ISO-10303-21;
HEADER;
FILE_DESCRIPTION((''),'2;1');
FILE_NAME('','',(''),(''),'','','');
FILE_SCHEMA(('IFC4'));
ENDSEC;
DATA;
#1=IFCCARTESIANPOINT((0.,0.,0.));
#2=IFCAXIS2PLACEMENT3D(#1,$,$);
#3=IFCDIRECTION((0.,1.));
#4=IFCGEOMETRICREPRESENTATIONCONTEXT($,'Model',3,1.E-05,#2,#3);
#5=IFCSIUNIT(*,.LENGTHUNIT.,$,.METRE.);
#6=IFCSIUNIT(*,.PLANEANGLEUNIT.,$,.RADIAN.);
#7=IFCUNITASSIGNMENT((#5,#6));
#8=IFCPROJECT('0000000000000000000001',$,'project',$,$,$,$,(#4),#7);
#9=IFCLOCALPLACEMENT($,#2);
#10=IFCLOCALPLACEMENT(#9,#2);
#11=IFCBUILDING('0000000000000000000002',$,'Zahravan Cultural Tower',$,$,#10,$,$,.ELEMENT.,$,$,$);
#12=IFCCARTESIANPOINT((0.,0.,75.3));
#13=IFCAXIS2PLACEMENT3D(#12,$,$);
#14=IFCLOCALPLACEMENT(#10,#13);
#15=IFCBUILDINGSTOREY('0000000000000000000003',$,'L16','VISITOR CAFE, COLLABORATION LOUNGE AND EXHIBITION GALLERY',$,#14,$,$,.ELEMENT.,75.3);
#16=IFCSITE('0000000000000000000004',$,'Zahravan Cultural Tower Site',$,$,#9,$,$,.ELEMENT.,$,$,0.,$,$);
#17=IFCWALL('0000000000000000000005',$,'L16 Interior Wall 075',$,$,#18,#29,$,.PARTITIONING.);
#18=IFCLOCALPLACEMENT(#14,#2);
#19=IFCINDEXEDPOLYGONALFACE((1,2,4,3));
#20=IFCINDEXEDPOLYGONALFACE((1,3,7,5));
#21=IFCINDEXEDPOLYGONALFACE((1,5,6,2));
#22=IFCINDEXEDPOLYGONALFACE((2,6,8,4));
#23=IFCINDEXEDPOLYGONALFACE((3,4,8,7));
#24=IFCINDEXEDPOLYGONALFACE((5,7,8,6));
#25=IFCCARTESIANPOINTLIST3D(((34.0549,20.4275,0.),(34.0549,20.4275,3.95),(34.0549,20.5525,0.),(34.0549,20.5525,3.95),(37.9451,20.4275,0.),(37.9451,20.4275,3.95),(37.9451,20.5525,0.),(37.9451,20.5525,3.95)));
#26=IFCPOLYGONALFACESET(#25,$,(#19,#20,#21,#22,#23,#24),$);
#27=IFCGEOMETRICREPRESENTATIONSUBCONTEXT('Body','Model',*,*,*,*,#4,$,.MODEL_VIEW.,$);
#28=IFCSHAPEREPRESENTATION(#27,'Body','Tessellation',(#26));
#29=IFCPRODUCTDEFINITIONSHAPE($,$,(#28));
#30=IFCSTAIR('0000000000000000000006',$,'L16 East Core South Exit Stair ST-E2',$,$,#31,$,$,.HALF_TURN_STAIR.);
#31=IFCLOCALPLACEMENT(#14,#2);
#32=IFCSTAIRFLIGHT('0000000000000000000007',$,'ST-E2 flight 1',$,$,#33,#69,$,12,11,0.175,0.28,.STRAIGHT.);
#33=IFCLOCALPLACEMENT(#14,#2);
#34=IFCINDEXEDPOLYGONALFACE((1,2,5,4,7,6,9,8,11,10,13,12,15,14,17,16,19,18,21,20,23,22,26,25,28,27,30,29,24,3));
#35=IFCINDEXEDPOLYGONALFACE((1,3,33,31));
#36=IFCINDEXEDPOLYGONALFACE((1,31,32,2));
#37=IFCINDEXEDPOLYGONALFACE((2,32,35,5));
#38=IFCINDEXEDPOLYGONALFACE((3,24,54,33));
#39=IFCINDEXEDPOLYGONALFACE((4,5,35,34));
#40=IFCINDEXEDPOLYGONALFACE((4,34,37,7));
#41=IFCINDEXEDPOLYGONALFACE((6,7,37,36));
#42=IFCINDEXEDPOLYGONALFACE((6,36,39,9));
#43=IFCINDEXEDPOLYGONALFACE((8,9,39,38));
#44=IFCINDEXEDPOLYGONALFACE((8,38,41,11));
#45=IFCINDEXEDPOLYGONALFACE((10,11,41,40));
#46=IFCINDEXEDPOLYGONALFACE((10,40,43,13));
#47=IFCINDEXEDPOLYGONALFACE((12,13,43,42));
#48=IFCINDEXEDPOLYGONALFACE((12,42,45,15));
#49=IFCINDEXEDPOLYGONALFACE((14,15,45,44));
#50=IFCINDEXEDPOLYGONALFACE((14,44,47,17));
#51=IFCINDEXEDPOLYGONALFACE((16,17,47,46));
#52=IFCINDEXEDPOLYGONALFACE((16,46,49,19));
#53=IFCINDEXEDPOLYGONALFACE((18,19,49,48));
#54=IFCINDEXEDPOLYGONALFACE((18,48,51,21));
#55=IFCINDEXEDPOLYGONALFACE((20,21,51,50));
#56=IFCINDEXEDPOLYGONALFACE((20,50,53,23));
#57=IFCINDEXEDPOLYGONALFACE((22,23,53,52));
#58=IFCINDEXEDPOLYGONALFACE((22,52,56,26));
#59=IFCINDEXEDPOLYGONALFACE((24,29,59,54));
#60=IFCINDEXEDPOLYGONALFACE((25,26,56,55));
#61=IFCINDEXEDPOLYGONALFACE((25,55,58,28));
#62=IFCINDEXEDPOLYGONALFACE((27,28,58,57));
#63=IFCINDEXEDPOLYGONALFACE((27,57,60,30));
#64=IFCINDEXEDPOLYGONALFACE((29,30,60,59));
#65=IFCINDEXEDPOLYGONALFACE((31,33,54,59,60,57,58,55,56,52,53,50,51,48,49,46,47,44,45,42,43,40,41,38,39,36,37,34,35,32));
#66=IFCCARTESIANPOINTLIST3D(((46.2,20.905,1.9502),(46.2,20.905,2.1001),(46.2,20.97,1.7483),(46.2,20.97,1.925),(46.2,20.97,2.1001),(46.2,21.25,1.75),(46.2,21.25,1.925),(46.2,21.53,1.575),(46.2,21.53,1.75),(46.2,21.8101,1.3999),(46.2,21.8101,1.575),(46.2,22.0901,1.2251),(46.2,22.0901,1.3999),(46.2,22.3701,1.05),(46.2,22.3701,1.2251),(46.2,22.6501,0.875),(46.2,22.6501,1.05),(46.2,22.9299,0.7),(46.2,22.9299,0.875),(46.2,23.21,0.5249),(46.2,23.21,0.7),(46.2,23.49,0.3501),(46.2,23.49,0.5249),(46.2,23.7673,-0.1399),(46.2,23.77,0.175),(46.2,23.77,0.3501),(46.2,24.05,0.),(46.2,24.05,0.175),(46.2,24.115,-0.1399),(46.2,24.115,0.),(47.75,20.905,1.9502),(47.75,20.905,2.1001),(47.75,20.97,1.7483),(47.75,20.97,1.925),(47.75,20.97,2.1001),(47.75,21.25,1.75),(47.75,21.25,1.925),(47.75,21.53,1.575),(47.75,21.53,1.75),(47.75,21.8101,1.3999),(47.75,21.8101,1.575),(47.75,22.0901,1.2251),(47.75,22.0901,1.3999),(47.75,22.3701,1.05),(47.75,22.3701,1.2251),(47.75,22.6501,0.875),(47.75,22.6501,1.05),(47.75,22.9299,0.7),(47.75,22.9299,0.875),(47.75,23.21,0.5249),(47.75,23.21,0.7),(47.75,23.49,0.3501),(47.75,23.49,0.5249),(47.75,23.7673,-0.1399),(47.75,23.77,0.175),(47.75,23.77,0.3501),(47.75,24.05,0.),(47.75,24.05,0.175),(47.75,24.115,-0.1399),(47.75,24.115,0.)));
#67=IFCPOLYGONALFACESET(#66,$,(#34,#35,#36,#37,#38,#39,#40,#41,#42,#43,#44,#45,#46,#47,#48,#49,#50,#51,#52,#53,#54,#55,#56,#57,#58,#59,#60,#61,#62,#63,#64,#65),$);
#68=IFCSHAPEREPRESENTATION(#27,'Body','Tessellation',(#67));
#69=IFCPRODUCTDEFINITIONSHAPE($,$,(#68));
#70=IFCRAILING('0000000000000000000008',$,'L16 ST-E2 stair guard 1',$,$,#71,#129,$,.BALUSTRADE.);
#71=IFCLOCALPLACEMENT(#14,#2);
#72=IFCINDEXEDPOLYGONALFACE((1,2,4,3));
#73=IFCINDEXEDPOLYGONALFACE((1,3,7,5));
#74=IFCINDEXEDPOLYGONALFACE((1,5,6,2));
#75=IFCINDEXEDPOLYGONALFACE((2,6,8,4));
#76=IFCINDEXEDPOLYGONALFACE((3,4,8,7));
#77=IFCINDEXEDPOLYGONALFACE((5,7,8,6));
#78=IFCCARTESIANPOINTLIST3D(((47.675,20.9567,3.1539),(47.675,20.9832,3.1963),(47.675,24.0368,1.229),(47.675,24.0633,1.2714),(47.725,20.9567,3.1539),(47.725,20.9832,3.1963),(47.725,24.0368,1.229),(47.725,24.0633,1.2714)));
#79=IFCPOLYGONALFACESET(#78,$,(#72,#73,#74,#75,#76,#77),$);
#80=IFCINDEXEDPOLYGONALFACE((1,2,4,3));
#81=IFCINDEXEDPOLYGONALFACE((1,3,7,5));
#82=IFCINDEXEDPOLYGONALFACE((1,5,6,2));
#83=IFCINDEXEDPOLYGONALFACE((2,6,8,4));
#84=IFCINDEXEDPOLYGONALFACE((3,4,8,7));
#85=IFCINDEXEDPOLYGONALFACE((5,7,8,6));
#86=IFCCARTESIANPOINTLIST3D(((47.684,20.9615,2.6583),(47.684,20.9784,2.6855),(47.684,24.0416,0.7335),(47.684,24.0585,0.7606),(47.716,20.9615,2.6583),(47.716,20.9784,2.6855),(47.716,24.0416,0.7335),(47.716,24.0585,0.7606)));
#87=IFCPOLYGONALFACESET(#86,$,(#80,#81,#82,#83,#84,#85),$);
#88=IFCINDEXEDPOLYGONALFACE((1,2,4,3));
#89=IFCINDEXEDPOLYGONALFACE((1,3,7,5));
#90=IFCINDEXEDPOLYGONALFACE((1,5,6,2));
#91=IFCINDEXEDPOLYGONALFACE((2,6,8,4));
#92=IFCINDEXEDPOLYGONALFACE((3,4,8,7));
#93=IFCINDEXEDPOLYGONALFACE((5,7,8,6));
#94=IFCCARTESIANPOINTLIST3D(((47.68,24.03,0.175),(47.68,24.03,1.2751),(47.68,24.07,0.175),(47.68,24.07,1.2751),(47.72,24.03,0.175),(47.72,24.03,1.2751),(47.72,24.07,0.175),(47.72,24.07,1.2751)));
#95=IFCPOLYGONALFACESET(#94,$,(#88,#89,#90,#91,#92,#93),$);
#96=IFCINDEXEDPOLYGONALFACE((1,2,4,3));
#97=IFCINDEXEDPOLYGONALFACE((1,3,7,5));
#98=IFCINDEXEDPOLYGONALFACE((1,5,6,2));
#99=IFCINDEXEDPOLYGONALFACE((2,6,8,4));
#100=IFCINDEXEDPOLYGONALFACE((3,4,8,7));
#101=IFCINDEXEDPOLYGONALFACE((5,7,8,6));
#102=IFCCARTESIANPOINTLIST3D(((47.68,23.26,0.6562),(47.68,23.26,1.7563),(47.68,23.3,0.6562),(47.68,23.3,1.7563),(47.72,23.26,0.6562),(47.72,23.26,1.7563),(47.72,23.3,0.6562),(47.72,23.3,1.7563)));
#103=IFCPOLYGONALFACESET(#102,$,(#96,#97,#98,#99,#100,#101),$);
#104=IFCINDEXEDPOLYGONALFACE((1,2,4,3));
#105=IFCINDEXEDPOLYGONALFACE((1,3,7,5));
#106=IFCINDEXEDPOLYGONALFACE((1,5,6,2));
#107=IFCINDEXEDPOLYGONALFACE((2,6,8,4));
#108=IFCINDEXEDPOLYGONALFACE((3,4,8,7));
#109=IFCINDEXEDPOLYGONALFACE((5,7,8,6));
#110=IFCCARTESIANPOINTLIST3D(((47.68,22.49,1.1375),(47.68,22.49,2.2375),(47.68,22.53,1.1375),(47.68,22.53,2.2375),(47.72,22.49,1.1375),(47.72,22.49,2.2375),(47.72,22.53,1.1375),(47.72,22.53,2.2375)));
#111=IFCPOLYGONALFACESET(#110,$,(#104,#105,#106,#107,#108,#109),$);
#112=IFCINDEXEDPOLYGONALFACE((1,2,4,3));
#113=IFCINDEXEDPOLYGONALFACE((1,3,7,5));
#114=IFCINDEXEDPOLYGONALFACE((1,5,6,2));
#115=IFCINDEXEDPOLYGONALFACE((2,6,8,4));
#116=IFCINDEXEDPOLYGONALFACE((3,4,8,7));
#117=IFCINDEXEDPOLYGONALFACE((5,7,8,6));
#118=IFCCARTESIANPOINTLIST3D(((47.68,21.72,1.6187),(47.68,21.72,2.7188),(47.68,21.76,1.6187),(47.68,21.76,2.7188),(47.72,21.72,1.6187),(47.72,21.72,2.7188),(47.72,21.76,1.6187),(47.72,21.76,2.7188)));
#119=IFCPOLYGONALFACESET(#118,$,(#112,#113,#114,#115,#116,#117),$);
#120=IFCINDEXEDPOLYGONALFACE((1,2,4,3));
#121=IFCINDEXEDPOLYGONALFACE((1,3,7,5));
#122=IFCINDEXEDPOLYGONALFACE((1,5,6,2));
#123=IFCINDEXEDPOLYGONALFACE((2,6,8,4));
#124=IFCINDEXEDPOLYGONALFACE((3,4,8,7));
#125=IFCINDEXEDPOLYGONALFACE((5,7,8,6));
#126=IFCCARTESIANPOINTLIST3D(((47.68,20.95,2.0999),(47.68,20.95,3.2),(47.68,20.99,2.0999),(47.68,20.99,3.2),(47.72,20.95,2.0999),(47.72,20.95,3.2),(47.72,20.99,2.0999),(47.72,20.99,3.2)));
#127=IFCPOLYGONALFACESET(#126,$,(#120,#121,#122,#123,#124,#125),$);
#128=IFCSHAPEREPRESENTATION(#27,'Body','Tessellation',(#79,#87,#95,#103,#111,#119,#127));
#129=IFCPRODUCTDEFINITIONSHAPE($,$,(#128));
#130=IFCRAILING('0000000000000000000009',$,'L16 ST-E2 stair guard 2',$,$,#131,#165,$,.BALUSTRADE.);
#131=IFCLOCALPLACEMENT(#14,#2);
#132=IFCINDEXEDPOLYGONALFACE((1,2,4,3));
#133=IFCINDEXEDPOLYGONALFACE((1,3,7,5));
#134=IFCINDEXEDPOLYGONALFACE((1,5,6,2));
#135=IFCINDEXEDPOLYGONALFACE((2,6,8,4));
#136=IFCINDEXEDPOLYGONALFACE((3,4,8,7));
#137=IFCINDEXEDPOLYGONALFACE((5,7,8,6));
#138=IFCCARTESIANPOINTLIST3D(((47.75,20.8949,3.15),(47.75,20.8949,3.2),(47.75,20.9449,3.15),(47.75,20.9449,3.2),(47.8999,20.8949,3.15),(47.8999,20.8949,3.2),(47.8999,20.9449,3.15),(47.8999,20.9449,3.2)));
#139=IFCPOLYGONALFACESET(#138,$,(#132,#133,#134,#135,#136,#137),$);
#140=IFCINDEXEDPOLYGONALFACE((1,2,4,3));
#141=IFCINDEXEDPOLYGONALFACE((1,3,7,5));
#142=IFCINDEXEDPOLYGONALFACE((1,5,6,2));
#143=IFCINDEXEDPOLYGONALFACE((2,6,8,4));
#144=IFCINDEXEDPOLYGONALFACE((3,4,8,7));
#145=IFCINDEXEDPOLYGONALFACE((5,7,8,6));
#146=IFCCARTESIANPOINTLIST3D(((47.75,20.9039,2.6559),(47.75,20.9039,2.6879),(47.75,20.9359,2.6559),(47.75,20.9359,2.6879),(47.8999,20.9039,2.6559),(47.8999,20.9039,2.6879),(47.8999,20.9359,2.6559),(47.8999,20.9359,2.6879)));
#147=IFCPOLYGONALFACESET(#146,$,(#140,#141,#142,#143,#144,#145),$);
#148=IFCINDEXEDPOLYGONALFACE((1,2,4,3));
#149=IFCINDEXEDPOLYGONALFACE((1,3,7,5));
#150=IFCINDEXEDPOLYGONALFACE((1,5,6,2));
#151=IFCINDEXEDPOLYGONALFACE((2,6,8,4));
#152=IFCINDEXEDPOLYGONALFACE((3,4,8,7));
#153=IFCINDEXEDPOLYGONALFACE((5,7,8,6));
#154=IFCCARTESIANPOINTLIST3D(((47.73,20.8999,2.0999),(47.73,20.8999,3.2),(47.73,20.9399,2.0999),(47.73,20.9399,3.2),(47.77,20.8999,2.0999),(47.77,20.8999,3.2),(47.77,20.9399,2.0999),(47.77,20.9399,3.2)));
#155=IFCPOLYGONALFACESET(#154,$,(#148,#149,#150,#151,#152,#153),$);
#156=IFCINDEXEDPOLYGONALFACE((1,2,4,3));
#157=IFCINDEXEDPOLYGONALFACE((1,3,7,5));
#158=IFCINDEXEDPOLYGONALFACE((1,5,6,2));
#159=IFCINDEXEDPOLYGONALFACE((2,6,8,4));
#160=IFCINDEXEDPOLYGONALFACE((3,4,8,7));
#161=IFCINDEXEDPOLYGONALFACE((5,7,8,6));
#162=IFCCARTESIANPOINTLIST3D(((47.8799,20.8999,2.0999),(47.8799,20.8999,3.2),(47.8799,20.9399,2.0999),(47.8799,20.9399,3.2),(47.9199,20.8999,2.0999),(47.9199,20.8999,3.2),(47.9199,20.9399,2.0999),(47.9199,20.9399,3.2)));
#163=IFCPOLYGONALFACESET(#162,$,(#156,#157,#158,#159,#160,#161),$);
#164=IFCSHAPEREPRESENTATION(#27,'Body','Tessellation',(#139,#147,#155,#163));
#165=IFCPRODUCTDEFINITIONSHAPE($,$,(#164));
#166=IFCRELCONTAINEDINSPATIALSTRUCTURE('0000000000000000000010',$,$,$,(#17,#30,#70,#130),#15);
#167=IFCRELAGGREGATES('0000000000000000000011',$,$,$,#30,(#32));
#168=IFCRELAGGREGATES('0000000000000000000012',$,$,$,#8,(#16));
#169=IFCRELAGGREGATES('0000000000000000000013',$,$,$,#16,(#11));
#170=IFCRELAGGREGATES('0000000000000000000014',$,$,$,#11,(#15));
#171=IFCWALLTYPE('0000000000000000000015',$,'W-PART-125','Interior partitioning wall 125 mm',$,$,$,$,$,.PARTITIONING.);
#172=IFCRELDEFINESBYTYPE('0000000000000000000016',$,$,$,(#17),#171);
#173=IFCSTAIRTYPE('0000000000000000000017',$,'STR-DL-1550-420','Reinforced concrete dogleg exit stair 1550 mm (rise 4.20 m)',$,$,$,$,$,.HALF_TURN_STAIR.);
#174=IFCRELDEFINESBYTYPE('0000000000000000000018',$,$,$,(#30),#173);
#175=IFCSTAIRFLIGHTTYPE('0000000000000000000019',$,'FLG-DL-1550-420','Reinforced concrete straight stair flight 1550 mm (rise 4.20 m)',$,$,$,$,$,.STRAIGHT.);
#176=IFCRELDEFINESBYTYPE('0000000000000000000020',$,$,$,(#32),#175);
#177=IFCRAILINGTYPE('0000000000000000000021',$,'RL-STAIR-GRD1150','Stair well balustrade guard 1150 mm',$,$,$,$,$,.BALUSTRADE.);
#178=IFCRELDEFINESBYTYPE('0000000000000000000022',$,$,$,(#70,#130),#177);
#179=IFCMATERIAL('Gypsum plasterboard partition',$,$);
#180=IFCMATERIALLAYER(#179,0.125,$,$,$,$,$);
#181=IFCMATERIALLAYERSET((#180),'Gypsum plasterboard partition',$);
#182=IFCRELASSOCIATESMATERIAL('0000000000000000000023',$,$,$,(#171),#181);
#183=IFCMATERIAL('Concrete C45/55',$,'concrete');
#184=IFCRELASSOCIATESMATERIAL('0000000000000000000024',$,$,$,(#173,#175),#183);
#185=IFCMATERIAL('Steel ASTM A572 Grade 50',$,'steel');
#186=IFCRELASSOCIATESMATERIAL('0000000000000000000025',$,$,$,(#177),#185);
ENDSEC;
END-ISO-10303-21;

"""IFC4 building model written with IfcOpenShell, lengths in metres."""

from ifc_helpers import new_model, si_unit, direction, frame, frame_2d, origin, origin_2d, place, context, subcontext, project, spatial, polyline, rectangle, outline, extrude, source, transform, mapped, material, layer, layer_set, type_object, element, aggregate, save


model = new_model("IFC4")

# Units and contexts
model_context = context("Model", 3, precision=1e-05, world=origin(), true_north=direction((0.0, 1.0)))
body_context = subcontext(model_context, "Body", "Model", "MODEL_VIEW")
ifc_project = project(units=[si_unit("LENGTHUNIT", "METRE"), si_unit("PLANEANGLEUNIT", "RADIAN")], contexts=[model_context])

# Site, building, storey
site_placement = place(None, origin())
site = spatial("IfcSite", under=ifc_project, at=site_placement, Name="Zahravan Cultural Tower Site", CompositionType="ELEMENT", RefElevation=0.0)
building_placement = place(site_placement, origin())
building = spatial("IfcBuilding", under=site, at=building_placement, Name="Zahravan Cultural Tower", CompositionType="ELEMENT")
storey_placement = place(building_placement, frame((0.0, 0.0, 75.3)))
storey = spatial("IfcBuildingStorey", under=building, at=storey_placement, Name="L16", Description="VISITOR CAFE, COLLABORATION LOUNGE AND EXHIBITION GALLERY", CompositionType="ELEMENT", Elevation=75.3)

# Shared definitions
ifc_material_1 = material(Name="Concrete C45/55", Category="concrete")
ifc_material_2 = material(Name="Steel ASTM A572 Grade 50", Category="steel")

# Wall
ifc_material_3 = material(Name="Gypsum plasterboard partition")
ifc_layer_1 = layer(ifc_material_3, 0.125)
ifc_layer_set_1 = layer_set([ifc_layer_1], Name="Gypsum plasterboard partition")
wall_type_1 = type_object("IfcWallType", Name="W-PART-125", Description="Interior partitioning wall 125 mm", PredefinedType="PARTITIONING", material=ifc_layer_set_1)
shared_shape_1 = source(origin(), body_context, "Body", "SweptSolid", [
    extrude(rectangle(XDim=3.8901, YDim=0.125, at=frame_2d((1.9451, 0.0))), origin(), (0.0, 0.0, 1.0), 3.95),
])
wall_1_placement = place(storey_placement, frame((37.9451, 20.49, 0.0), z_axis=(0.0, 0.0, 1.0), x_axis=(-1.0, 0.0, 0.0)))
element("IfcWall", 1, at=wall_1_placement, inside=storey, type_object=wall_type_1, Name="L16 Interior Wall 075", PredefinedType="PARTITIONING", context=body_context, shape_type="MappedRepresentation", body=[
    mapped(shared_shape_1, transform((0.0, 0.0, 0.0), x_axis=(1.0, 0.0, 0.0), y_axis=(0.0, 1.0, 0.0), z_axis=(0.0, 0.0, 1.0), scale=1.0)),
])

# Stair, stair flight
stair_type = type_object("IfcStairType", Name="STR-DL-1550-420", Description="Reinforced concrete dogleg exit stair 1550 mm (rise 4.20 m)", PredefinedType="HALF_TURN_STAIR", material=ifc_material_1)
stair_placement = place(storey_placement, origin())
stair = element("IfcStair", 2, at=stair_placement, inside=storey, type_object=stair_type, Name="L16 East Core South Exit Stair ST-E2", PredefinedType="HALF_TURN_STAIR")
stair_flight_type = type_object("IfcStairFlightType", Name="FLG-DL-1550-420", Description="Reinforced concrete straight stair flight 1550 mm (rise 4.20 m)", PredefinedType="STRAIGHT", material=ifc_material_1)
stair_flight_placement = place(storey_placement, frame((46.9751, 24.05, 0.0), z_axis=(0.0, 0.0, 1.0), x_axis=(0.0, -1.0, 0.0)))
stair_flight = element("IfcStairFlight", 3, at=stair_flight_placement, type_object=stair_flight_type, Name="ST-E2 flight 1", NumberOfRisers=12, NumberOfTreads=11, PredefinedType="STRAIGHT", RiserHeight=0.175, TreadLength=0.28, context=body_context, shape_type="SweptSolid", body=[
    extrude(outline(polyline([(-0.0649, -0.1399), (-0.0649, 0.0), (0.0, 0.0), (0.0, 0.175), (0.28, 0.175), (0.28, 0.3501), (0.5601, 0.3501), (0.5601, 0.5249), (0.8401, 0.5249), (0.8401, 0.7), (1.1201, 0.7), (1.1201, 0.875), (1.3999, 0.875), (1.3999, 1.05), (1.6799, 1.05), (1.6799, 1.2251), (1.96, 1.2251), (1.96, 1.3999), (2.24, 1.3999), (2.24, 1.575), (2.52, 1.575), (2.52, 1.75), (2.8, 1.75), (2.8, 1.925), (3.0801, 1.925), (3.0801, 2.1001), (3.145, 2.1001), (3.145, 1.9502), (3.0801, 1.7483), (0.2827, -0.1399), (-0.0649, -0.1399)])), frame((0.0, 0.7749, 0.0), z_axis=(0.0, -1.0, 0.0), x_axis=(1.0, 0.0, 0.0)), (0.0, 0.0, 1.0), 1.55),
])
aggregate(stair, [stair_flight])

# Railings
railing_type_1 = type_object("IfcRailingType", Name="RL-STAIR-GRD1150", Description="Stair well balustrade guard 1150 mm", PredefinedType="BALUSTRADE", material=ifc_material_2)
railing_1_placement = place(storey_placement, frame((47.7, 24.05, 0.175)))
element("IfcRailing", 4, at=railing_1_placement, inside=storey, type_object=railing_type_1, Name="L16 ST-E2 stair guard 1", PredefinedType="BALUSTRADE", context=body_context, shape_type="SweptSolid", body=[
    extrude(rectangle(XDim=0.05, YDim=0.05, at=origin_2d()), frame((0.0, 0.0, 1.0752), z_axis=(0.0, -0.848029, 0.529951), x_axis=(1.0, 0.0, 0.0)), (0.0, 0.0, 1.0), 3.6321),
    extrude(rectangle(XDim=0.032, YDim=0.032, at=origin_2d()), frame((0.0, 0.0, 0.572), z_axis=(0.0, -0.848029, 0.529951), x_axis=(1.0, 0.0, 0.0)), (0.0, 0.0, 1.0), 3.6321),
    extrude(rectangle(XDim=0.04, YDim=0.04, at=origin_2d()), origin(), (0.0, 0.0, 1.0), 1.1001),
    extrude(rectangle(XDim=0.04, YDim=0.04, at=origin_2d()), frame((0.0, -0.77, 0.4812)), (0.0, 0.0, 1.0), 1.1001),
    extrude(rectangle(XDim=0.04, YDim=0.04, at=origin_2d()), frame((0.0, -1.54, 0.9624)), (0.0, 0.0, 1.0), 1.1001),
    extrude(rectangle(XDim=0.04, YDim=0.04, at=origin_2d()), frame((0.0, -2.3101, 1.4436)), (0.0, 0.0, 1.0), 1.1001),
    extrude(rectangle(XDim=0.04, YDim=0.04, at=origin_2d()), frame((0.0, -3.0801, 1.9248)), (0.0, 0.0, 1.0), 1.1001),
])
railing_2_placement = place(storey_placement, frame((47.75, 20.9199, 2.0999)))
element("IfcRailing", 5, at=railing_2_placement, inside=storey, type_object=railing_type_1, Name="L16 ST-E2 stair guard 2", PredefinedType="BALUSTRADE", context=body_context, shape_type="SweptSolid", body=[
    extrude(rectangle(XDim=0.05, YDim=0.05, at=origin_2d()), frame((0.0, 0.0, 1.0752), z_axis=(1.0, 0.0, 0.0), x_axis=(0.0, 1.0, 0.0)), (0.0, 0.0, 1.0), 0.1499),
    extrude(rectangle(XDim=0.032, YDim=0.032, at=origin_2d()), frame((0.0, 0.0, 0.572), z_axis=(1.0, 0.0, 0.0), x_axis=(0.0, 1.0, 0.0)), (0.0, 0.0, 1.0), 0.1499),
    extrude(rectangle(XDim=0.04, YDim=0.04, at=origin_2d()), origin(), (0.0, 0.0, 1.0), 1.1001),
    extrude(rectangle(XDim=0.04, YDim=0.04, at=origin_2d()), frame((0.1499, 0.0, 0.0)), (0.0, 0.0, 1.0), 1.1001),
])

save(model, "model.ifc")
